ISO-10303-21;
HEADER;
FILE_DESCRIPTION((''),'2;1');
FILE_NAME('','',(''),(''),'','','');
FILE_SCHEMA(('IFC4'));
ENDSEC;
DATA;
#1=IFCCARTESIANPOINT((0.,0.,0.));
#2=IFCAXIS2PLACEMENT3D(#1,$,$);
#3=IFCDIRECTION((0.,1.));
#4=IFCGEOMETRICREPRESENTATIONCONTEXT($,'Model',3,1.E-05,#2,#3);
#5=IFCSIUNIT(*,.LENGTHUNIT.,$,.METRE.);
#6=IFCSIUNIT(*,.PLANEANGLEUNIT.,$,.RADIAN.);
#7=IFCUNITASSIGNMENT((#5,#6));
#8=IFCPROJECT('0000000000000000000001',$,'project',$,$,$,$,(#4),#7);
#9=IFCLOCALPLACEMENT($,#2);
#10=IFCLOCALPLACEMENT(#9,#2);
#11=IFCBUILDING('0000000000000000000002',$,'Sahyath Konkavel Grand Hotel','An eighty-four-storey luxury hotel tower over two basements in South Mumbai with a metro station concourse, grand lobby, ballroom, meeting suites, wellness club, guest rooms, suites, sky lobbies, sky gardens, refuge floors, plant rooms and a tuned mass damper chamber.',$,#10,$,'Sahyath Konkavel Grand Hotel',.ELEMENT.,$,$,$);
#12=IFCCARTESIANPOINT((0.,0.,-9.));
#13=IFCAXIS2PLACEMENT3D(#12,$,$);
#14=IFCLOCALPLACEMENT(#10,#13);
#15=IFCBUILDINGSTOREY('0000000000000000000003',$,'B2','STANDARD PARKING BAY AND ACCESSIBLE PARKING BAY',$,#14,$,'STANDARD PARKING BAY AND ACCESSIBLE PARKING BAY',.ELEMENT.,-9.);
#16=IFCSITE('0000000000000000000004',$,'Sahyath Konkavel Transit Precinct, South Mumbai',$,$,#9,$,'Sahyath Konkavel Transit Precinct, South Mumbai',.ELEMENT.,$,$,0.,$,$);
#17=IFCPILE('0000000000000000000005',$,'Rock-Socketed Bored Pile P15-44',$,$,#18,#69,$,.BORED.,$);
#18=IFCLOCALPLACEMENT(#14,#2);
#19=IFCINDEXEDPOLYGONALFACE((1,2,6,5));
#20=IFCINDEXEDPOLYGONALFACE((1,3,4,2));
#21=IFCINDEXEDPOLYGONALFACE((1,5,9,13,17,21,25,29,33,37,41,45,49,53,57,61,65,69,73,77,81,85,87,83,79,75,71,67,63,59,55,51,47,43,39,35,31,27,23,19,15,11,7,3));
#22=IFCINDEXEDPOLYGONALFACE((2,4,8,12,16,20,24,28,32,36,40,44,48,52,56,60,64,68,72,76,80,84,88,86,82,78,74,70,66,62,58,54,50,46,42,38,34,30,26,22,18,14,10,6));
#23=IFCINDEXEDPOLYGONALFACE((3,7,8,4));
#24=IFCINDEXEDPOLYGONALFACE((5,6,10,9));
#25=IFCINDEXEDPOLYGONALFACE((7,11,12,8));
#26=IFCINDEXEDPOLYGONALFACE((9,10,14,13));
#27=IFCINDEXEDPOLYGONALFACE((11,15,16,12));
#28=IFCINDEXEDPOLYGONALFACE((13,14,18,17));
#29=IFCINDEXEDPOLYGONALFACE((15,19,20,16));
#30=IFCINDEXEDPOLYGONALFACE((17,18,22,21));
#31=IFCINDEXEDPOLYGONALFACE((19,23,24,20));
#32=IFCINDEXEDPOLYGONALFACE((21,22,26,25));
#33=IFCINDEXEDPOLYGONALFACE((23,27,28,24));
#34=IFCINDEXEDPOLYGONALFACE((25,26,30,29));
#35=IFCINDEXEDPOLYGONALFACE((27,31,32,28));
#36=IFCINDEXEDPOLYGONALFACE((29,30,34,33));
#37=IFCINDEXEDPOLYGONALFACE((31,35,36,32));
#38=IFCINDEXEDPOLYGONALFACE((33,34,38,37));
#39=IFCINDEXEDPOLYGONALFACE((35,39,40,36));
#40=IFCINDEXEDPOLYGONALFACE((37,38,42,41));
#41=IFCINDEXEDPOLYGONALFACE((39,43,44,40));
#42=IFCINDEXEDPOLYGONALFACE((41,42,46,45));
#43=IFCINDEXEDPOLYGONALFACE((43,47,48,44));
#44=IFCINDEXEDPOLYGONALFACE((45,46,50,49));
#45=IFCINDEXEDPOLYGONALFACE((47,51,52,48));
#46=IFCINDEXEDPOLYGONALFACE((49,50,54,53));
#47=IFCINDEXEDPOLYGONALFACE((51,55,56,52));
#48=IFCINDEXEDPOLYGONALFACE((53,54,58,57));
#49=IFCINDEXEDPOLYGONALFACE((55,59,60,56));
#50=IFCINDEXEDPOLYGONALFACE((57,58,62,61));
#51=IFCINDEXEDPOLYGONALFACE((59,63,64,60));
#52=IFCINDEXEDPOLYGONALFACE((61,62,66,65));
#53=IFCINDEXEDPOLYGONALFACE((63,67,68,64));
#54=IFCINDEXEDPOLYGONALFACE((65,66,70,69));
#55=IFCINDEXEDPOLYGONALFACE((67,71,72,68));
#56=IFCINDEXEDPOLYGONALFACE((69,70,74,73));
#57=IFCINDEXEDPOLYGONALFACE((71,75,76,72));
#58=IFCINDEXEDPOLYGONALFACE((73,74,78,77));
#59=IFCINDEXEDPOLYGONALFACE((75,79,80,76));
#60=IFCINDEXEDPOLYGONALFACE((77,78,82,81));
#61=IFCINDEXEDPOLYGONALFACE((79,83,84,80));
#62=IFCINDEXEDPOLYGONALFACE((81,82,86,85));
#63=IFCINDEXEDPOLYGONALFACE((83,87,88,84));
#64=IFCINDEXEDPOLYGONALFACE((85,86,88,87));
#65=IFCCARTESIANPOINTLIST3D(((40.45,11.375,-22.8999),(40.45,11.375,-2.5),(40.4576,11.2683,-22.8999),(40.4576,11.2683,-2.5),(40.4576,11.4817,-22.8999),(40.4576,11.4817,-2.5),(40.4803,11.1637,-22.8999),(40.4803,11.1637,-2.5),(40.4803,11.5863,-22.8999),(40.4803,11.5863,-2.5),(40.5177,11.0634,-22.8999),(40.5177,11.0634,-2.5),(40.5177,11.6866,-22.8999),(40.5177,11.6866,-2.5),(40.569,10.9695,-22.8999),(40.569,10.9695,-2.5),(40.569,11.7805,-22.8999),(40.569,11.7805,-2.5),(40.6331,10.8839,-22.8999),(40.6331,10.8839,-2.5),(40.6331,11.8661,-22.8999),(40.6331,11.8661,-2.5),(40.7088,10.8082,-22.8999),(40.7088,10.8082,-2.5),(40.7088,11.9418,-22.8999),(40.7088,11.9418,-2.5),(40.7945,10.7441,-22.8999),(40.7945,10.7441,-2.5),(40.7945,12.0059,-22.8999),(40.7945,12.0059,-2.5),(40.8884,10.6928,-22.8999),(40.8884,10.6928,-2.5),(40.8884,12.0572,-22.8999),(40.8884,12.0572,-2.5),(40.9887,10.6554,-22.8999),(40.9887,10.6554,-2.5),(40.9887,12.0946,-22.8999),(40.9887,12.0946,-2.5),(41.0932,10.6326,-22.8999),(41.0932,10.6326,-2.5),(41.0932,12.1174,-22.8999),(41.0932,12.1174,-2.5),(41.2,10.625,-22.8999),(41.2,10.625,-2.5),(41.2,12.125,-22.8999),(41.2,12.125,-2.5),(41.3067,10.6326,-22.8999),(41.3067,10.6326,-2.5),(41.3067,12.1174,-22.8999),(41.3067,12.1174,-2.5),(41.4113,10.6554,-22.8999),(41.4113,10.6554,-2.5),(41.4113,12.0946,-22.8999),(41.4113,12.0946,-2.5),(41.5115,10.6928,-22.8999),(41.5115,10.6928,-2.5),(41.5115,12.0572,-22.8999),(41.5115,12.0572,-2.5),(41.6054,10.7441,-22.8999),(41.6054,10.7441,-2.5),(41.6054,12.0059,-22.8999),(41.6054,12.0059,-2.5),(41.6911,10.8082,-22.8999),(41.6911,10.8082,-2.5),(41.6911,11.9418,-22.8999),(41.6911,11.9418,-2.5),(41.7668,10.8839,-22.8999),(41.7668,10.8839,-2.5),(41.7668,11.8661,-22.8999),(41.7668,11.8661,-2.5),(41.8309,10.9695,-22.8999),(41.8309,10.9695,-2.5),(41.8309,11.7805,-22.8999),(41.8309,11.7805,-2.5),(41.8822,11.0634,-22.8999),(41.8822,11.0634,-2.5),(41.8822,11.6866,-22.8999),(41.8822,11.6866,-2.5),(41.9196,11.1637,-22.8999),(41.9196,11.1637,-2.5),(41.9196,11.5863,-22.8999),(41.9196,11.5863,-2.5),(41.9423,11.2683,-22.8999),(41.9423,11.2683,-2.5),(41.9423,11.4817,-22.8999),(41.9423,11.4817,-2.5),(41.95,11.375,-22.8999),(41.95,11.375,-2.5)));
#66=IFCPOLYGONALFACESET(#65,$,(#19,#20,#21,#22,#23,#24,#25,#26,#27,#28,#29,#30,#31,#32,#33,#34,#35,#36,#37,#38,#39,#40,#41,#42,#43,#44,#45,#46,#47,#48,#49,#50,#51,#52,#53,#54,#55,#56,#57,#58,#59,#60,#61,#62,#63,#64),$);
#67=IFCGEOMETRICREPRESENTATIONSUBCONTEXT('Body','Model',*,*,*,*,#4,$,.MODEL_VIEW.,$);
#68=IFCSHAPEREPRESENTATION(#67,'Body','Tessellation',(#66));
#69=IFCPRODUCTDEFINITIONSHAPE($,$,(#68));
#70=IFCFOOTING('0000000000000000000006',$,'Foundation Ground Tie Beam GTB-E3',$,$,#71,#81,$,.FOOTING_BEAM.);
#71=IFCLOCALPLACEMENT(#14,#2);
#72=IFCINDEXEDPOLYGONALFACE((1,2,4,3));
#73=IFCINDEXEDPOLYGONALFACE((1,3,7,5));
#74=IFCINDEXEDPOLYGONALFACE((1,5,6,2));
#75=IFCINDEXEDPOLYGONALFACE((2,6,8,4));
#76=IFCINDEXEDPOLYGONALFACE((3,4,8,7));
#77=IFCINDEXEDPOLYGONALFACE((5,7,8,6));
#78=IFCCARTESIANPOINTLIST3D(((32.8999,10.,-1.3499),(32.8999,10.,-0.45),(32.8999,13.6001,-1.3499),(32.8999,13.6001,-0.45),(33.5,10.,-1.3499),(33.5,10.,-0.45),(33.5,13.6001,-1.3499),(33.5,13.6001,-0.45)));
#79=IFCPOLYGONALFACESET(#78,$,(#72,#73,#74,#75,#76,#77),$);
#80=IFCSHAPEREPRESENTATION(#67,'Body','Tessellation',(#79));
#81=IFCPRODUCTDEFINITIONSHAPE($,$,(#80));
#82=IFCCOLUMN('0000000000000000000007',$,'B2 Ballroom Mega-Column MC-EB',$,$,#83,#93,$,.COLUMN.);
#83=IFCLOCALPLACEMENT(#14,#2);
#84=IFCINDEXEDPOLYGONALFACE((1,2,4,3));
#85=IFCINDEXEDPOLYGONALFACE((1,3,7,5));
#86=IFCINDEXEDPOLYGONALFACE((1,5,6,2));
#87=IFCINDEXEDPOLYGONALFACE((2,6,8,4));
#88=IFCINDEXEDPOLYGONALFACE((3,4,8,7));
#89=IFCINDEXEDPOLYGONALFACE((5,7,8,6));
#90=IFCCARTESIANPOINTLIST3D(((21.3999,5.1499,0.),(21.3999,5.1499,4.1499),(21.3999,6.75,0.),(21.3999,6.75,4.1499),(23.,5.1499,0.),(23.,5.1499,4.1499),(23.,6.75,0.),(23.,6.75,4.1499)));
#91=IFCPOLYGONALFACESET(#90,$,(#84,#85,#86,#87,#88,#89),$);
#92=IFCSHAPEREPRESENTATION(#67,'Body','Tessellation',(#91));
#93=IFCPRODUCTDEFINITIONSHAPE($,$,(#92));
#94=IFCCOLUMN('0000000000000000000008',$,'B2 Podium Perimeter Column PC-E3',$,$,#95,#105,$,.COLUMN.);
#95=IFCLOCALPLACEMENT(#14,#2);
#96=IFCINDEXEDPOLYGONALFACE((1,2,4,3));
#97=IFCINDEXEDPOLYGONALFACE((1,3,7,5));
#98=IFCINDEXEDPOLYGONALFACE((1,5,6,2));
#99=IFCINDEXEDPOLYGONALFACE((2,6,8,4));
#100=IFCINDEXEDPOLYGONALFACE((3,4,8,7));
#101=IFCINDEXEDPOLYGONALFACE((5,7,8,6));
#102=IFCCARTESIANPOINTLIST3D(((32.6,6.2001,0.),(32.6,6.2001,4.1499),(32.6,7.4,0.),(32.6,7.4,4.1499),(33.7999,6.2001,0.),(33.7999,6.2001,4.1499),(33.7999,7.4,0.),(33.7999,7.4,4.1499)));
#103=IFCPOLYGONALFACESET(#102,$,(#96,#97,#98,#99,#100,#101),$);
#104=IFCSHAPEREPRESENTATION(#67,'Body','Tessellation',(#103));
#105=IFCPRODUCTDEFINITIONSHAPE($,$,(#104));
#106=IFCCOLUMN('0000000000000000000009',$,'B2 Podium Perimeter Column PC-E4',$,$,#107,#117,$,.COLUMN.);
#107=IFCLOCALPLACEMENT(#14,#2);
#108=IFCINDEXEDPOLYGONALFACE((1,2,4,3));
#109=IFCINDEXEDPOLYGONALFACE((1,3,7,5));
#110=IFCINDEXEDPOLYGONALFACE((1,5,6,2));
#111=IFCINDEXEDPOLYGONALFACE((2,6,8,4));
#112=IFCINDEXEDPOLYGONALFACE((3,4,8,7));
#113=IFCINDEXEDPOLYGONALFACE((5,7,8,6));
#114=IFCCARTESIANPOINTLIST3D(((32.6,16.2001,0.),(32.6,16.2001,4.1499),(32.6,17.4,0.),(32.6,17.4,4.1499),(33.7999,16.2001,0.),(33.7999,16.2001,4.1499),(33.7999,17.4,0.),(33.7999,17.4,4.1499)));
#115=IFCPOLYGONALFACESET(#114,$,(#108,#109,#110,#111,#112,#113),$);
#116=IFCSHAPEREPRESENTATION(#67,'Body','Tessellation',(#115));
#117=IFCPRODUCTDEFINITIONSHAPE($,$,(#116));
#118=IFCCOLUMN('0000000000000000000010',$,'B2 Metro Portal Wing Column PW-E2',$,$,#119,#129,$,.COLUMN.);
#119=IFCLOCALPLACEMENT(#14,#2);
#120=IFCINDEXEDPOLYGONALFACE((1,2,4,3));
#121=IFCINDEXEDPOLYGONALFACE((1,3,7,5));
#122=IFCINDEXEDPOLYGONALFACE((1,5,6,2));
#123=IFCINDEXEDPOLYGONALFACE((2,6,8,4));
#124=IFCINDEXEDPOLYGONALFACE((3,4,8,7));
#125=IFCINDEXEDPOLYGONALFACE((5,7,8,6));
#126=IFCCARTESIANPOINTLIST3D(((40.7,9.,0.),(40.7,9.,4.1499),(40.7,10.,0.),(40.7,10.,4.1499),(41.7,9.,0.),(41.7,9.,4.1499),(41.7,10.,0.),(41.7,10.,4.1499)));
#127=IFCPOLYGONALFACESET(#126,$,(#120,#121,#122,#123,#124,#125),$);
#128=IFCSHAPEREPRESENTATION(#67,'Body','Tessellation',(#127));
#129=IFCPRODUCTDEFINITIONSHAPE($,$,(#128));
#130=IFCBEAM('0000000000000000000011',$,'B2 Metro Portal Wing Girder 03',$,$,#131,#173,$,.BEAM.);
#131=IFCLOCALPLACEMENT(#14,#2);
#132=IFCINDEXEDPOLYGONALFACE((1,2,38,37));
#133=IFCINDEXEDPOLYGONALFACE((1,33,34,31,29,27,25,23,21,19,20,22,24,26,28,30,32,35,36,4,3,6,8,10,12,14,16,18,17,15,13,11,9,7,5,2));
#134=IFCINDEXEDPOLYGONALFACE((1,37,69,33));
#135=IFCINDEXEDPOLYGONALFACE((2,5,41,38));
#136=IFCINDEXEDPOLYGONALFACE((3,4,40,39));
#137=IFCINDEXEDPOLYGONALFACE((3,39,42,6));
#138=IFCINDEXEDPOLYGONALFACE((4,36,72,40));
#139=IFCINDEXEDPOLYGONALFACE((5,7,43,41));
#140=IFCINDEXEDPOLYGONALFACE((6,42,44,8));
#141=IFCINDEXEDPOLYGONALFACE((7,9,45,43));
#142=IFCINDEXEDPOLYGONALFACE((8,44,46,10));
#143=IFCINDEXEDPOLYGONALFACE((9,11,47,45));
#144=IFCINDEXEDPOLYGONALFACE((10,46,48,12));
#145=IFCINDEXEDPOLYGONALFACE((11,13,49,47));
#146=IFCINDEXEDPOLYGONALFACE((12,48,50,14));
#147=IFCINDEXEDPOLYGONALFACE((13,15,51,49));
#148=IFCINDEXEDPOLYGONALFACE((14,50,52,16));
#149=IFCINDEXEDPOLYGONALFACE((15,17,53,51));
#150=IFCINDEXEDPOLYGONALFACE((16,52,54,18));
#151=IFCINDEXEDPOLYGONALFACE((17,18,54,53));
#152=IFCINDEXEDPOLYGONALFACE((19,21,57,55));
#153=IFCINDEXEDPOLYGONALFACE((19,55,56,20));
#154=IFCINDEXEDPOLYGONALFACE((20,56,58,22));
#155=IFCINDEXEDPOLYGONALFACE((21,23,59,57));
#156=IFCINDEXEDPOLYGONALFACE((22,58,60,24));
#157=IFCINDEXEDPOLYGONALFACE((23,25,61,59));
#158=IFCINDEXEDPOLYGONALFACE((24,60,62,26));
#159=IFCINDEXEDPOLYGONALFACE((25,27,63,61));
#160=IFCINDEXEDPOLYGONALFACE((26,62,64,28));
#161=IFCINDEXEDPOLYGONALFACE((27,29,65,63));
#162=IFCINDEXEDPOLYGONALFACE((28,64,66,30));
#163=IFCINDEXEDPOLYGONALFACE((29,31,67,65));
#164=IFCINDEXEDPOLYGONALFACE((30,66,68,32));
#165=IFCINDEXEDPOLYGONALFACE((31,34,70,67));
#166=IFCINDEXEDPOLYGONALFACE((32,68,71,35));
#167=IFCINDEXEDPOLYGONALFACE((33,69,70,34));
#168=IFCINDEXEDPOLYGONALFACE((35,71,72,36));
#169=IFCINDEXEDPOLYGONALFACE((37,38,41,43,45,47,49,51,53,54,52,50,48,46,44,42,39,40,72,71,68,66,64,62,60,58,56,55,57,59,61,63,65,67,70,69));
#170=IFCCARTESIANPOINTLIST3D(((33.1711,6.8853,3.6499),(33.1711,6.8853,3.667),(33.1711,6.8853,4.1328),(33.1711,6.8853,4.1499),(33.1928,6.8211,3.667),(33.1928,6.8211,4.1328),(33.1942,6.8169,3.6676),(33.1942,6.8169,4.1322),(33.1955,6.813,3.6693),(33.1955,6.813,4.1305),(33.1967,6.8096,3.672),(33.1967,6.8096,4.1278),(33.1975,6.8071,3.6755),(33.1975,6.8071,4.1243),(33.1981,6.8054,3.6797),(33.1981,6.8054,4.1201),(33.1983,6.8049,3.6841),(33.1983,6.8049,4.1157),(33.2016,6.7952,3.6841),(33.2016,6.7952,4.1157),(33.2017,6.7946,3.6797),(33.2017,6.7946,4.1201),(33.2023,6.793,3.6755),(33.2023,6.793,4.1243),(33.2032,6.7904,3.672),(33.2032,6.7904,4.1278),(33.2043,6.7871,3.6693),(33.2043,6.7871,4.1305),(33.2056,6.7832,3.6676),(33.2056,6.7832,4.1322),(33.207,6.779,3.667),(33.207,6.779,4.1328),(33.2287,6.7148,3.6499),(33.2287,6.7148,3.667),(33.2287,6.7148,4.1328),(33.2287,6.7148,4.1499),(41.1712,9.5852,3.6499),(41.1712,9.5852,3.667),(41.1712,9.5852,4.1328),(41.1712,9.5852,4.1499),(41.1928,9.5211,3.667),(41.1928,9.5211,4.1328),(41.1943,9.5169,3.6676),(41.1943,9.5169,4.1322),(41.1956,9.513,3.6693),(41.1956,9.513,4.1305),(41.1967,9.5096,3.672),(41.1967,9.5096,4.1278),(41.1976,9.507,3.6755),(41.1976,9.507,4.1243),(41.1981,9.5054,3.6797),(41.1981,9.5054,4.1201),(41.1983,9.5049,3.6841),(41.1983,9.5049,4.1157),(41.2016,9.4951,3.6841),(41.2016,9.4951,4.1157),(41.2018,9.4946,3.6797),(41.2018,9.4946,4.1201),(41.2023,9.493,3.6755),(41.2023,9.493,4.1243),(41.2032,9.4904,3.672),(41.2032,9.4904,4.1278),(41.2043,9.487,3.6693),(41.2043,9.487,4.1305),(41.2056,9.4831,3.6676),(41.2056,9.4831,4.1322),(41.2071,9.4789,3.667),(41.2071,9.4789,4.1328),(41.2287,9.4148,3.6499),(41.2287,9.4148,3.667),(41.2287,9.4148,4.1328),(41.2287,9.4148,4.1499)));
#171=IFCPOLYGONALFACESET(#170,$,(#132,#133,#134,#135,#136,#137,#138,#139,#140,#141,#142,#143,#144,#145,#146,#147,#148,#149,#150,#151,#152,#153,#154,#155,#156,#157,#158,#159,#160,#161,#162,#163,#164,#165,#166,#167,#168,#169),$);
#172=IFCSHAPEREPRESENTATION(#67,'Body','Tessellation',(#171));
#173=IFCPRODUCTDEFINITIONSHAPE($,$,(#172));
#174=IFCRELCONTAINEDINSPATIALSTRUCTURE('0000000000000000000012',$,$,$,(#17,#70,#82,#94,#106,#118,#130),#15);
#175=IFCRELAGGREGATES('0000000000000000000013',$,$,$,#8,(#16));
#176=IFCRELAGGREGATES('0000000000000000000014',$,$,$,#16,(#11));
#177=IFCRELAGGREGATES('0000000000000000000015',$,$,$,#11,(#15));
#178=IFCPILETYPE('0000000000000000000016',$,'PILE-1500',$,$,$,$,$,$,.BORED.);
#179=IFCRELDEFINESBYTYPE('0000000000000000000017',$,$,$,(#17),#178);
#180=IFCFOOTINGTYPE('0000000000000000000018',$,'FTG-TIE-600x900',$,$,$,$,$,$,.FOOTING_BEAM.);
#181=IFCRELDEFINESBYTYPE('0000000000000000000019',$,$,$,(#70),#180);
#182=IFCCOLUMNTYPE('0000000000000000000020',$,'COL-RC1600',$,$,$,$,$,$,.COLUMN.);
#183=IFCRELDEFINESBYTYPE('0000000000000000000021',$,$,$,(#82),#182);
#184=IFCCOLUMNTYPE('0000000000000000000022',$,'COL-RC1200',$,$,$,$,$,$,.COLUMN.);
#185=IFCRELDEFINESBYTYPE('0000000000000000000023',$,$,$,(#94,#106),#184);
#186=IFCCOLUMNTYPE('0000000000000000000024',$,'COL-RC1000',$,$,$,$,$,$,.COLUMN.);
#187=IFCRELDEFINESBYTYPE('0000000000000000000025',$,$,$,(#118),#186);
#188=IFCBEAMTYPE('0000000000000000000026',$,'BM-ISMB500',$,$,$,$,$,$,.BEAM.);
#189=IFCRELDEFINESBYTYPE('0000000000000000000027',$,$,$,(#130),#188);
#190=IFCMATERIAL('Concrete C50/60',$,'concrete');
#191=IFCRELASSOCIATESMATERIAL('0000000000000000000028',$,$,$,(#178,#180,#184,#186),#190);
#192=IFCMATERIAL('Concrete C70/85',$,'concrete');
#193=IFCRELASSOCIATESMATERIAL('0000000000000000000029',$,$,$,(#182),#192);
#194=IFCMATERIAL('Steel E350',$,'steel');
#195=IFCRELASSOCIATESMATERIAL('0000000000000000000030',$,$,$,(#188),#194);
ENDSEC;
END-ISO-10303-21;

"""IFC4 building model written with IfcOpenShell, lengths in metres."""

from ifc_helpers import new_model, si_unit, direction, frame, origin, origin_2d, place, context, subcontext, project, spatial, rectangle, circle, i_section, extrude, source, transform, mapped, material, material_profile, profile_set, type_object, element, save


model = new_model("IFC4")

# Units and contexts
model_context = context("Model", 3, precision=1e-05, world=origin(), true_north=direction((0.0, 1.0)))
body_context = subcontext(model_context, "Body", "Model", "MODEL_VIEW")
ifc_project = project(units=[si_unit("LENGTHUNIT", "METRE"), si_unit("PLANEANGLEUNIT", "RADIAN")], contexts=[model_context])

# Site, building, storey
site_placement = place(None, origin())
site = spatial("IfcSite", under=ifc_project, at=site_placement, Name="Sahyath Konkavel Transit Precinct, South Mumbai", LongName="Sahyath Konkavel Transit Precinct, South Mumbai", CompositionType="ELEMENT", RefElevation=0.0)
building_placement = place(site_placement, origin())
building = spatial("IfcBuilding", under=site, at=building_placement, Name="Sahyath Konkavel Grand Hotel", Description="An eighty-four-storey luxury hotel tower over two basements in South Mumbai with a metro station concourse, grand lobby, ballroom, meeting suites, wellness club, guest rooms, suites, sky lobbies, sky gardens, refuge floors, plant rooms and a tuned mass damper chamber.", LongName="Sahyath Konkavel Grand Hotel", CompositionType="ELEMENT")
storey_placement = place(building_placement, frame((0.0, 0.0, -9.0)))
storey = spatial("IfcBuildingStorey", under=building, at=storey_placement, Name="B2", Description="STANDARD PARKING BAY AND ACCESSIBLE PARKING BAY", LongName="STANDARD PARKING BAY AND ACCESSIBLE PARKING BAY", CompositionType="ELEMENT", Elevation=-9.0)

# Pile
ifc_material_1 = material(Name="Concrete C50/60", Category="concrete")
ifc_material_profile_1 = material_profile(ifc_material_1, circle(Radius=0.75, at=origin_2d()), Name="PILE D1500")
ifc_profile_set_1 = profile_set([ifc_material_profile_1], Name="Concrete C50/60")
pile_type = type_object("IfcPileType", Name="PILE-1500", PredefinedType="BORED", material=ifc_profile_set_1)
for number, where, z_axis, x_axis, name in (
    (1, (41.2, 11.375, -2.5), (0.0, 0.0, -1.0), (1.0, 0.0, 0.0), "Rock-Socketed Bored Pile P15-44"),
):
    element("IfcPile", number, at=place(storey_placement, frame(where, z_axis=z_axis, x_axis=x_axis)), inside=storey, type_object=pile_type, Name=name, PredefinedType="BORED", context=body_context, shape_type="SweptSolid", body=[
        extrude(circle(Radius=0.75, at=origin_2d()), origin(), (0.0, 0.0, 1.0), 20.3999),
    ])

# Footing
ifc_material_profile_2 = material_profile(ifc_material_1, rectangle(XDim=0.6001, YDim=0.8999, at=origin_2d()), Name="RC 600x900")
ifc_profile_set_2 = profile_set([ifc_material_profile_2], Name="Concrete C50/60")
footing_type = type_object("IfcFootingType", Name="FTG-TIE-600x900", PredefinedType="FOOTING_BEAM", material=ifc_profile_set_2)
shared_shape_1 = source(origin(), body_context, "Body", "SweptSolid", [
    extrude(rectangle(XDim=0.6001, YDim=0.8999, at=origin_2d()), origin(), (0.0, 0.0, 1.0), 3.6001),
])
footing_placement = place(storey_placement, frame((33.2, 10.0, -0.8999), z_axis=(0.0, 1.0, 0.0), x_axis=(-1.0, 0.0, 0.0)))
element("IfcFooting", 2, at=footing_placement, inside=storey, type_object=footing_type, Name="Foundation Ground Tie Beam GTB-E3", PredefinedType="FOOTING_BEAM", context=body_context, shape_type="MappedRepresentation", body=[
    mapped(shared_shape_1, transform((0.0, 0.0, 0.0), scale=1.0)),
])

# Columns
ifc_material_2 = material(Name="Concrete C70/85", Category="concrete")
ifc_material_profile_3 = material_profile(ifc_material_2, rectangle(XDim=1.6001, YDim=1.6001, at=origin_2d()), Name="RC 1600x1600")
ifc_profile_set_3 = profile_set([ifc_material_profile_3], Name="Concrete C70/85")
column_type_1 = type_object("IfcColumnType", Name="COL-RC1600", PredefinedType="COLUMN", material=ifc_profile_set_3)
shared_shape_2 = source(origin(), body_context, "Body", "SweptSolid", [
    extrude(rectangle(XDim=1.6001, YDim=1.6001, at=origin_2d()), origin(), (0.0, 0.0, 1.0), 4.1499),
])
column_1_placement = place(storey_placement, frame((22.2, 5.95, 0.0), z_axis=(0.0, 0.0, 1.0), x_axis=(1.0, 0.0, 0.0)))
element("IfcColumn", 3, at=column_1_placement, inside=storey, type_object=column_type_1, Name="B2 Ballroom Mega-Column MC-EB", PredefinedType="COLUMN", context=body_context, shape_type="MappedRepresentation", body=[
    mapped(shared_shape_2, transform((0.0, 0.0, 0.0), scale=1.0)),
])
ifc_material_profile_4 = material_profile(ifc_material_1, rectangle(XDim=1.2, YDim=1.2, at=origin_2d()), Name="RC 1200x1200")
ifc_profile_set_4 = profile_set([ifc_material_profile_4], Name="Concrete C50/60")
column_type_2 = type_object("IfcColumnType", Name="COL-RC1200", PredefinedType="COLUMN", material=ifc_profile_set_4)
shared_shape_3 = source(origin(), body_context, "Body", "SweptSolid", [
    extrude(rectangle(XDim=1.2, YDim=1.2, at=origin_2d()), origin(), (0.0, 0.0, 1.0), 4.1499),
])
for number, where, z_axis, x_axis, name in (
    (4, (33.2, 6.8, 0.0), (0.0, 0.0, 1.0), (1.0, 0.0, 0.0), "B2 Podium Perimeter Column PC-E3"),
    (5, (33.2, 16.8, 0.0), (0.0, 0.0, 1.0), (1.0, 0.0, 0.0), "B2 Podium Perimeter Column PC-E4"),
):
    element("IfcColumn", number, at=place(storey_placement, frame(where, z_axis=z_axis, x_axis=x_axis)), inside=storey, type_object=column_type_2, Name=name, PredefinedType="COLUMN", context=body_context, shape_type="MappedRepresentation", body=[
        mapped(shared_shape_3, transform((0.0, 0.0, 0.0), scale=1.0)),
    ])
ifc_material_profile_5 = material_profile(ifc_material_1, rectangle(XDim=1.0, YDim=1.0, at=origin_2d()), Name="RC 1000x1000")
ifc_profile_set_5 = profile_set([ifc_material_profile_5], Name="Concrete C50/60")
column_type_3 = type_object("IfcColumnType", Name="COL-RC1000", PredefinedType="COLUMN", material=ifc_profile_set_5)
shared_shape_4 = source(origin(), body_context, "Body", "SweptSolid", [
    extrude(rectangle(XDim=1.0, YDim=1.0, at=origin_2d()), origin(), (0.0, 0.0, 1.0), 4.1499),
])
column_2_placement = place(storey_placement, frame((41.2, 9.5, 0.0), z_axis=(0.0, 0.0, 1.0), x_axis=(1.0, 0.0, 0.0)))
element("IfcColumn", 6, at=column_2_placement, inside=storey, type_object=column_type_3, Name="B2 Metro Portal Wing Column PW-E2", PredefinedType="COLUMN", context=body_context, shape_type="MappedRepresentation", body=[
    mapped(shared_shape_4, transform((0.0, 0.0, 0.0), scale=1.0)),
])

# Beam
ifc_material_3 = material(Name="Steel E350", Category="steel")
ifc_material_profile_6 = material_profile(ifc_material_3, i_section(OverallWidth=0.1799, OverallDepth=0.5, WebThickness=0.0103, FlangeThickness=0.0171, FilletRadius=0.0171, at=origin_2d()), Name="ISMB 500")
ifc_profile_set_6 = profile_set([ifc_material_profile_6], Name="Steel E350")
beam_type_1 = type_object("IfcBeamType", Name="BM-ISMB500", PredefinedType="BEAM", material=ifc_profile_set_6)
shared_shape_5 = source(origin(), body_context, "Body", "SweptSolid", [
    extrude(i_section(OverallWidth=0.1799, OverallDepth=0.5, WebThickness=0.0103, FlangeThickness=0.0171, FilletRadius=0.0171, at=origin_2d()), origin(), (0.0, 0.0, 1.0), 8.4434),
])
beam_1_placement = place(storey_placement, frame((41.2, 9.5, 3.8999), z_axis=(-0.947494, -0.319773, 0.0), x_axis=(0.319773, -0.947494, 0.0)))
element("IfcBeam", 7, at=beam_1_placement, inside=storey, type_object=beam_type_1, Name="B2 Metro Portal Wing Girder 03", PredefinedType="BEAM", context=body_context, shape_type="MappedRepresentation", body=[
    mapped(shared_shape_5, transform((0.0, 0.0, 0.0), scale=1.0)),
])

save(model, "model.ifc")
